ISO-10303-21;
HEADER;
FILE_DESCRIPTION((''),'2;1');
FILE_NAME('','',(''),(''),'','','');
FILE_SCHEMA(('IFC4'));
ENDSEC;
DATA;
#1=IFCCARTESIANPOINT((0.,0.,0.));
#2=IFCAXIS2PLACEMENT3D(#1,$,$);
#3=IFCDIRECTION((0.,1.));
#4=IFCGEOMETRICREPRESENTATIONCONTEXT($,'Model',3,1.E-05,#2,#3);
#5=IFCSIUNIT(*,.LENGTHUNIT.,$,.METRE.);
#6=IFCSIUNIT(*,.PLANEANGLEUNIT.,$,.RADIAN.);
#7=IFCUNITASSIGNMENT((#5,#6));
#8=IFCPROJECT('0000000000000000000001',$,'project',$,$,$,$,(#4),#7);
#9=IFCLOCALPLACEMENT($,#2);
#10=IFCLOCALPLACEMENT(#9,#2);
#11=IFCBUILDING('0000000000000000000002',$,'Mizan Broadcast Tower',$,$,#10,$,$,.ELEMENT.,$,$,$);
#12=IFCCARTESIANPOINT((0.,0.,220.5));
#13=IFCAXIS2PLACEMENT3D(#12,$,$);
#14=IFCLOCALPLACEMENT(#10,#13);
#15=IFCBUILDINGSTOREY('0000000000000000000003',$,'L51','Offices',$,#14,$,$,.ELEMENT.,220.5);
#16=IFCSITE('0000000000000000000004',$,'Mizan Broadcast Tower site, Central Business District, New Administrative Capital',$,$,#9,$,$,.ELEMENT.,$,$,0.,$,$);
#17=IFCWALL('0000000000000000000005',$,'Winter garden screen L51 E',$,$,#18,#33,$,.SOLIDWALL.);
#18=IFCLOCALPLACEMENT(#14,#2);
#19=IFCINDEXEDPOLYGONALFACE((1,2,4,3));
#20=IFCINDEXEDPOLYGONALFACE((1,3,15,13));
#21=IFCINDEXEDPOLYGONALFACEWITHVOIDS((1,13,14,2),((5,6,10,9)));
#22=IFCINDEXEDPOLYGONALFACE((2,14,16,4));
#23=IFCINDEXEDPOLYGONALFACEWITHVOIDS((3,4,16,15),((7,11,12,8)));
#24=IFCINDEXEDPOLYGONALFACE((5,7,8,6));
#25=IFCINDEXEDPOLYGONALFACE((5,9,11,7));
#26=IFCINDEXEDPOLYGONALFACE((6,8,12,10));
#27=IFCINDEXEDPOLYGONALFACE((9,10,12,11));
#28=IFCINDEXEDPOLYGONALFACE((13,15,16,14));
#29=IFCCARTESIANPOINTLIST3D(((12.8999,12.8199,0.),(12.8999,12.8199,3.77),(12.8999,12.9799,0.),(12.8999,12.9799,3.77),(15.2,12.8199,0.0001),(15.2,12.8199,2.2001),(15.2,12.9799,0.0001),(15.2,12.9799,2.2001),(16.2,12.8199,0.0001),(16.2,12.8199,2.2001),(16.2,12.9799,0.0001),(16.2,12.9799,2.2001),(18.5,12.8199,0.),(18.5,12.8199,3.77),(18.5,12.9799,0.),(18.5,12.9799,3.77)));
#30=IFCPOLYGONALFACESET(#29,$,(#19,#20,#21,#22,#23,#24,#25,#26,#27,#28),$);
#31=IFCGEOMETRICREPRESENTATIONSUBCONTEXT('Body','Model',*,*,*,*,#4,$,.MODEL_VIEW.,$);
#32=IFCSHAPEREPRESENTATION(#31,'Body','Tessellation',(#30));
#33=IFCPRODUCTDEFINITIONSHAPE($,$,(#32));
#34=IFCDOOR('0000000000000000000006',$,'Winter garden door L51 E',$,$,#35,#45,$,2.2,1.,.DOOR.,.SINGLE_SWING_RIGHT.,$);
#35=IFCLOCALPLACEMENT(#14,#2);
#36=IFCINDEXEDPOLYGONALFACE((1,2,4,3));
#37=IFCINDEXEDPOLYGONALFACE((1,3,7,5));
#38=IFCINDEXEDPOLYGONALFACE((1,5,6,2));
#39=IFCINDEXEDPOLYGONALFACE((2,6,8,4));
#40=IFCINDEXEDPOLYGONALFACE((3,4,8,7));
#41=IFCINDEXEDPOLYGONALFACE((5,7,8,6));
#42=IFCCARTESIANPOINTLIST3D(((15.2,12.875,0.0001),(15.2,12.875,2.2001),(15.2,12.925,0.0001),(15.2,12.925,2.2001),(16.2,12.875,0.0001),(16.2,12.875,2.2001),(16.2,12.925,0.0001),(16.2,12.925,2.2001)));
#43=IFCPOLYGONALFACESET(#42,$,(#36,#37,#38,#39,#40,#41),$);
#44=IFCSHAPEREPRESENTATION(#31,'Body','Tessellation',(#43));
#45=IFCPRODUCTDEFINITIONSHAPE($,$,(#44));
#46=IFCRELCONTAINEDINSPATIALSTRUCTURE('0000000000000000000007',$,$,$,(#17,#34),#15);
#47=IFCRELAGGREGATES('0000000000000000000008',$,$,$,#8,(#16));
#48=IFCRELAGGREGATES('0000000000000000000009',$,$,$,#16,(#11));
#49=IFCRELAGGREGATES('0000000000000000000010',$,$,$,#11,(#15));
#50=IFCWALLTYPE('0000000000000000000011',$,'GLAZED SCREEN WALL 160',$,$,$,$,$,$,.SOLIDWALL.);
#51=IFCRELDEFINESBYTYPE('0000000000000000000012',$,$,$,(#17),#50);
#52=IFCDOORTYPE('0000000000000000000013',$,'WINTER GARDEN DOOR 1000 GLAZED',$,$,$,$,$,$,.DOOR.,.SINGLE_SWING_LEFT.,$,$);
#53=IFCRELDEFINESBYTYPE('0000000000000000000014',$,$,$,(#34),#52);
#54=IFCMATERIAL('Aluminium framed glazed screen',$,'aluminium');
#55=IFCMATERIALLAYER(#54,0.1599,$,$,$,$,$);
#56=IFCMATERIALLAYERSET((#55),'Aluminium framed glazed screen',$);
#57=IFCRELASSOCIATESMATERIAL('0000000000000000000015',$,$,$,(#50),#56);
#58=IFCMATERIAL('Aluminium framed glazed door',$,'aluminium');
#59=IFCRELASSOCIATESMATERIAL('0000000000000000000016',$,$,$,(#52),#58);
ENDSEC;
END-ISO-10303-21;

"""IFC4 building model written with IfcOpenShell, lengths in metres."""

from ifc_helpers import new_model, si_unit, direction, frame, frame_2d, origin, place, context, subcontext, project, spatial, rectangle, extrude, material, layer, layer_set, type_object, element, fill, save


model = new_model("IFC4")

# Units and contexts
model_context = context("Model", 3, precision=1e-05, world=origin(), true_north=direction((0.0, 1.0)))
body_context = subcontext(model_context, "Body", "Model", "MODEL_VIEW")
ifc_project = project(units=[si_unit("LENGTHUNIT", "METRE"), si_unit("PLANEANGLEUNIT", "RADIAN")], contexts=[model_context])

# Site, building, storey
site_placement = place(None, origin())
site = spatial("IfcSite", under=ifc_project, at=site_placement, Name="Mizan Broadcast Tower site, Central Business District, New Administrative Capital", CompositionType="ELEMENT", RefElevation=0.0)
building_placement = place(site_placement, origin())
building = spatial("IfcBuilding", under=site, at=building_placement, Name="Mizan Broadcast Tower", CompositionType="ELEMENT")
storey_placement = place(building_placement, frame((0.0, 0.0, 220.5)))
storey = spatial("IfcBuildingStorey", under=building, at=storey_placement, Name="L51", Description="Offices", CompositionType="ELEMENT", Elevation=220.5)

# Wall, opening, door
ifc_material_1 = material(Name="Aluminium framed glazed screen", Category="aluminium")
ifc_layer_1 = layer(ifc_material_1, 0.1599)
ifc_layer_set_1 = layer_set([ifc_layer_1], Name="Aluminium framed glazed screen")
wall_type = type_object("IfcWallType", Name="GLAZED SCREEN WALL 160", PredefinedType="SOLIDWALL", material=ifc_layer_set_1)
wall_placement = place(storey_placement, frame((18.5, 12.8999, 0.0), z_axis=(0.0, 0.0, 1.0), x_axis=(-1.0, 0.0, 0.0)))
wall = element("IfcWall", 1, at=wall_placement, inside=storey, type_object=wall_type, Name="Winter garden screen L51 E", PredefinedType="SOLIDWALL", context=body_context, shape_type="SweptSolid", body=[
    extrude(rectangle(XDim=5.6001, YDim=0.1599, at=frame_2d((2.8, 0.0))), origin(), (0.0, 0.0, 1.0), 3.77),
])
opening_placement = place(wall_placement, frame((2.3, 0.0, 0.0)))
opening = element("IfcOpeningElement", 2, at=opening_placement, cuts=wall, PredefinedType="OPENING", context=body_context, shape_type="SweptSolid", body=[
    extrude(rectangle(XDim=1.0, YDim=2.2, at=frame_2d((0.5, 1.1001))), frame((0.0, 0.0898, 0.0), z_axis=(0.0, -1.0, 0.0), x_axis=(1.0, 0.0, 0.0)), (0.0, 0.0, 1.0), 0.1799),
])
ifc_material_2 = material(Name="Aluminium framed glazed door", Category="aluminium")
door_type = type_object("IfcDoorType", Name="WINTER GARDEN DOOR 1000 GLAZED", OperationType="SINGLE_SWING_LEFT", PredefinedType="DOOR", material=ifc_material_2)
door_placement = place(opening_placement, origin())
door = element("IfcDoor", 3, at=door_placement, inside=storey, type_object=door_type, Name="Winter garden door L51 E", OperationType="SINGLE_SWING_RIGHT", OverallHeight=2.2, OverallWidth=1.0, PredefinedType="DOOR", context=body_context, shape_type="SweptSolid", body=[
    extrude(rectangle(XDim=1.0, YDim=2.2, at=frame_2d((0.5, 1.1001))), frame((0.0, 0.0249, 0.0), z_axis=(0.0, -1.0, 0.0), x_axis=(1.0, 0.0, 0.0)), (0.0, 0.0, 1.0), 0.05),
])
fill(opening, door)

save(model, "model.ifc")
